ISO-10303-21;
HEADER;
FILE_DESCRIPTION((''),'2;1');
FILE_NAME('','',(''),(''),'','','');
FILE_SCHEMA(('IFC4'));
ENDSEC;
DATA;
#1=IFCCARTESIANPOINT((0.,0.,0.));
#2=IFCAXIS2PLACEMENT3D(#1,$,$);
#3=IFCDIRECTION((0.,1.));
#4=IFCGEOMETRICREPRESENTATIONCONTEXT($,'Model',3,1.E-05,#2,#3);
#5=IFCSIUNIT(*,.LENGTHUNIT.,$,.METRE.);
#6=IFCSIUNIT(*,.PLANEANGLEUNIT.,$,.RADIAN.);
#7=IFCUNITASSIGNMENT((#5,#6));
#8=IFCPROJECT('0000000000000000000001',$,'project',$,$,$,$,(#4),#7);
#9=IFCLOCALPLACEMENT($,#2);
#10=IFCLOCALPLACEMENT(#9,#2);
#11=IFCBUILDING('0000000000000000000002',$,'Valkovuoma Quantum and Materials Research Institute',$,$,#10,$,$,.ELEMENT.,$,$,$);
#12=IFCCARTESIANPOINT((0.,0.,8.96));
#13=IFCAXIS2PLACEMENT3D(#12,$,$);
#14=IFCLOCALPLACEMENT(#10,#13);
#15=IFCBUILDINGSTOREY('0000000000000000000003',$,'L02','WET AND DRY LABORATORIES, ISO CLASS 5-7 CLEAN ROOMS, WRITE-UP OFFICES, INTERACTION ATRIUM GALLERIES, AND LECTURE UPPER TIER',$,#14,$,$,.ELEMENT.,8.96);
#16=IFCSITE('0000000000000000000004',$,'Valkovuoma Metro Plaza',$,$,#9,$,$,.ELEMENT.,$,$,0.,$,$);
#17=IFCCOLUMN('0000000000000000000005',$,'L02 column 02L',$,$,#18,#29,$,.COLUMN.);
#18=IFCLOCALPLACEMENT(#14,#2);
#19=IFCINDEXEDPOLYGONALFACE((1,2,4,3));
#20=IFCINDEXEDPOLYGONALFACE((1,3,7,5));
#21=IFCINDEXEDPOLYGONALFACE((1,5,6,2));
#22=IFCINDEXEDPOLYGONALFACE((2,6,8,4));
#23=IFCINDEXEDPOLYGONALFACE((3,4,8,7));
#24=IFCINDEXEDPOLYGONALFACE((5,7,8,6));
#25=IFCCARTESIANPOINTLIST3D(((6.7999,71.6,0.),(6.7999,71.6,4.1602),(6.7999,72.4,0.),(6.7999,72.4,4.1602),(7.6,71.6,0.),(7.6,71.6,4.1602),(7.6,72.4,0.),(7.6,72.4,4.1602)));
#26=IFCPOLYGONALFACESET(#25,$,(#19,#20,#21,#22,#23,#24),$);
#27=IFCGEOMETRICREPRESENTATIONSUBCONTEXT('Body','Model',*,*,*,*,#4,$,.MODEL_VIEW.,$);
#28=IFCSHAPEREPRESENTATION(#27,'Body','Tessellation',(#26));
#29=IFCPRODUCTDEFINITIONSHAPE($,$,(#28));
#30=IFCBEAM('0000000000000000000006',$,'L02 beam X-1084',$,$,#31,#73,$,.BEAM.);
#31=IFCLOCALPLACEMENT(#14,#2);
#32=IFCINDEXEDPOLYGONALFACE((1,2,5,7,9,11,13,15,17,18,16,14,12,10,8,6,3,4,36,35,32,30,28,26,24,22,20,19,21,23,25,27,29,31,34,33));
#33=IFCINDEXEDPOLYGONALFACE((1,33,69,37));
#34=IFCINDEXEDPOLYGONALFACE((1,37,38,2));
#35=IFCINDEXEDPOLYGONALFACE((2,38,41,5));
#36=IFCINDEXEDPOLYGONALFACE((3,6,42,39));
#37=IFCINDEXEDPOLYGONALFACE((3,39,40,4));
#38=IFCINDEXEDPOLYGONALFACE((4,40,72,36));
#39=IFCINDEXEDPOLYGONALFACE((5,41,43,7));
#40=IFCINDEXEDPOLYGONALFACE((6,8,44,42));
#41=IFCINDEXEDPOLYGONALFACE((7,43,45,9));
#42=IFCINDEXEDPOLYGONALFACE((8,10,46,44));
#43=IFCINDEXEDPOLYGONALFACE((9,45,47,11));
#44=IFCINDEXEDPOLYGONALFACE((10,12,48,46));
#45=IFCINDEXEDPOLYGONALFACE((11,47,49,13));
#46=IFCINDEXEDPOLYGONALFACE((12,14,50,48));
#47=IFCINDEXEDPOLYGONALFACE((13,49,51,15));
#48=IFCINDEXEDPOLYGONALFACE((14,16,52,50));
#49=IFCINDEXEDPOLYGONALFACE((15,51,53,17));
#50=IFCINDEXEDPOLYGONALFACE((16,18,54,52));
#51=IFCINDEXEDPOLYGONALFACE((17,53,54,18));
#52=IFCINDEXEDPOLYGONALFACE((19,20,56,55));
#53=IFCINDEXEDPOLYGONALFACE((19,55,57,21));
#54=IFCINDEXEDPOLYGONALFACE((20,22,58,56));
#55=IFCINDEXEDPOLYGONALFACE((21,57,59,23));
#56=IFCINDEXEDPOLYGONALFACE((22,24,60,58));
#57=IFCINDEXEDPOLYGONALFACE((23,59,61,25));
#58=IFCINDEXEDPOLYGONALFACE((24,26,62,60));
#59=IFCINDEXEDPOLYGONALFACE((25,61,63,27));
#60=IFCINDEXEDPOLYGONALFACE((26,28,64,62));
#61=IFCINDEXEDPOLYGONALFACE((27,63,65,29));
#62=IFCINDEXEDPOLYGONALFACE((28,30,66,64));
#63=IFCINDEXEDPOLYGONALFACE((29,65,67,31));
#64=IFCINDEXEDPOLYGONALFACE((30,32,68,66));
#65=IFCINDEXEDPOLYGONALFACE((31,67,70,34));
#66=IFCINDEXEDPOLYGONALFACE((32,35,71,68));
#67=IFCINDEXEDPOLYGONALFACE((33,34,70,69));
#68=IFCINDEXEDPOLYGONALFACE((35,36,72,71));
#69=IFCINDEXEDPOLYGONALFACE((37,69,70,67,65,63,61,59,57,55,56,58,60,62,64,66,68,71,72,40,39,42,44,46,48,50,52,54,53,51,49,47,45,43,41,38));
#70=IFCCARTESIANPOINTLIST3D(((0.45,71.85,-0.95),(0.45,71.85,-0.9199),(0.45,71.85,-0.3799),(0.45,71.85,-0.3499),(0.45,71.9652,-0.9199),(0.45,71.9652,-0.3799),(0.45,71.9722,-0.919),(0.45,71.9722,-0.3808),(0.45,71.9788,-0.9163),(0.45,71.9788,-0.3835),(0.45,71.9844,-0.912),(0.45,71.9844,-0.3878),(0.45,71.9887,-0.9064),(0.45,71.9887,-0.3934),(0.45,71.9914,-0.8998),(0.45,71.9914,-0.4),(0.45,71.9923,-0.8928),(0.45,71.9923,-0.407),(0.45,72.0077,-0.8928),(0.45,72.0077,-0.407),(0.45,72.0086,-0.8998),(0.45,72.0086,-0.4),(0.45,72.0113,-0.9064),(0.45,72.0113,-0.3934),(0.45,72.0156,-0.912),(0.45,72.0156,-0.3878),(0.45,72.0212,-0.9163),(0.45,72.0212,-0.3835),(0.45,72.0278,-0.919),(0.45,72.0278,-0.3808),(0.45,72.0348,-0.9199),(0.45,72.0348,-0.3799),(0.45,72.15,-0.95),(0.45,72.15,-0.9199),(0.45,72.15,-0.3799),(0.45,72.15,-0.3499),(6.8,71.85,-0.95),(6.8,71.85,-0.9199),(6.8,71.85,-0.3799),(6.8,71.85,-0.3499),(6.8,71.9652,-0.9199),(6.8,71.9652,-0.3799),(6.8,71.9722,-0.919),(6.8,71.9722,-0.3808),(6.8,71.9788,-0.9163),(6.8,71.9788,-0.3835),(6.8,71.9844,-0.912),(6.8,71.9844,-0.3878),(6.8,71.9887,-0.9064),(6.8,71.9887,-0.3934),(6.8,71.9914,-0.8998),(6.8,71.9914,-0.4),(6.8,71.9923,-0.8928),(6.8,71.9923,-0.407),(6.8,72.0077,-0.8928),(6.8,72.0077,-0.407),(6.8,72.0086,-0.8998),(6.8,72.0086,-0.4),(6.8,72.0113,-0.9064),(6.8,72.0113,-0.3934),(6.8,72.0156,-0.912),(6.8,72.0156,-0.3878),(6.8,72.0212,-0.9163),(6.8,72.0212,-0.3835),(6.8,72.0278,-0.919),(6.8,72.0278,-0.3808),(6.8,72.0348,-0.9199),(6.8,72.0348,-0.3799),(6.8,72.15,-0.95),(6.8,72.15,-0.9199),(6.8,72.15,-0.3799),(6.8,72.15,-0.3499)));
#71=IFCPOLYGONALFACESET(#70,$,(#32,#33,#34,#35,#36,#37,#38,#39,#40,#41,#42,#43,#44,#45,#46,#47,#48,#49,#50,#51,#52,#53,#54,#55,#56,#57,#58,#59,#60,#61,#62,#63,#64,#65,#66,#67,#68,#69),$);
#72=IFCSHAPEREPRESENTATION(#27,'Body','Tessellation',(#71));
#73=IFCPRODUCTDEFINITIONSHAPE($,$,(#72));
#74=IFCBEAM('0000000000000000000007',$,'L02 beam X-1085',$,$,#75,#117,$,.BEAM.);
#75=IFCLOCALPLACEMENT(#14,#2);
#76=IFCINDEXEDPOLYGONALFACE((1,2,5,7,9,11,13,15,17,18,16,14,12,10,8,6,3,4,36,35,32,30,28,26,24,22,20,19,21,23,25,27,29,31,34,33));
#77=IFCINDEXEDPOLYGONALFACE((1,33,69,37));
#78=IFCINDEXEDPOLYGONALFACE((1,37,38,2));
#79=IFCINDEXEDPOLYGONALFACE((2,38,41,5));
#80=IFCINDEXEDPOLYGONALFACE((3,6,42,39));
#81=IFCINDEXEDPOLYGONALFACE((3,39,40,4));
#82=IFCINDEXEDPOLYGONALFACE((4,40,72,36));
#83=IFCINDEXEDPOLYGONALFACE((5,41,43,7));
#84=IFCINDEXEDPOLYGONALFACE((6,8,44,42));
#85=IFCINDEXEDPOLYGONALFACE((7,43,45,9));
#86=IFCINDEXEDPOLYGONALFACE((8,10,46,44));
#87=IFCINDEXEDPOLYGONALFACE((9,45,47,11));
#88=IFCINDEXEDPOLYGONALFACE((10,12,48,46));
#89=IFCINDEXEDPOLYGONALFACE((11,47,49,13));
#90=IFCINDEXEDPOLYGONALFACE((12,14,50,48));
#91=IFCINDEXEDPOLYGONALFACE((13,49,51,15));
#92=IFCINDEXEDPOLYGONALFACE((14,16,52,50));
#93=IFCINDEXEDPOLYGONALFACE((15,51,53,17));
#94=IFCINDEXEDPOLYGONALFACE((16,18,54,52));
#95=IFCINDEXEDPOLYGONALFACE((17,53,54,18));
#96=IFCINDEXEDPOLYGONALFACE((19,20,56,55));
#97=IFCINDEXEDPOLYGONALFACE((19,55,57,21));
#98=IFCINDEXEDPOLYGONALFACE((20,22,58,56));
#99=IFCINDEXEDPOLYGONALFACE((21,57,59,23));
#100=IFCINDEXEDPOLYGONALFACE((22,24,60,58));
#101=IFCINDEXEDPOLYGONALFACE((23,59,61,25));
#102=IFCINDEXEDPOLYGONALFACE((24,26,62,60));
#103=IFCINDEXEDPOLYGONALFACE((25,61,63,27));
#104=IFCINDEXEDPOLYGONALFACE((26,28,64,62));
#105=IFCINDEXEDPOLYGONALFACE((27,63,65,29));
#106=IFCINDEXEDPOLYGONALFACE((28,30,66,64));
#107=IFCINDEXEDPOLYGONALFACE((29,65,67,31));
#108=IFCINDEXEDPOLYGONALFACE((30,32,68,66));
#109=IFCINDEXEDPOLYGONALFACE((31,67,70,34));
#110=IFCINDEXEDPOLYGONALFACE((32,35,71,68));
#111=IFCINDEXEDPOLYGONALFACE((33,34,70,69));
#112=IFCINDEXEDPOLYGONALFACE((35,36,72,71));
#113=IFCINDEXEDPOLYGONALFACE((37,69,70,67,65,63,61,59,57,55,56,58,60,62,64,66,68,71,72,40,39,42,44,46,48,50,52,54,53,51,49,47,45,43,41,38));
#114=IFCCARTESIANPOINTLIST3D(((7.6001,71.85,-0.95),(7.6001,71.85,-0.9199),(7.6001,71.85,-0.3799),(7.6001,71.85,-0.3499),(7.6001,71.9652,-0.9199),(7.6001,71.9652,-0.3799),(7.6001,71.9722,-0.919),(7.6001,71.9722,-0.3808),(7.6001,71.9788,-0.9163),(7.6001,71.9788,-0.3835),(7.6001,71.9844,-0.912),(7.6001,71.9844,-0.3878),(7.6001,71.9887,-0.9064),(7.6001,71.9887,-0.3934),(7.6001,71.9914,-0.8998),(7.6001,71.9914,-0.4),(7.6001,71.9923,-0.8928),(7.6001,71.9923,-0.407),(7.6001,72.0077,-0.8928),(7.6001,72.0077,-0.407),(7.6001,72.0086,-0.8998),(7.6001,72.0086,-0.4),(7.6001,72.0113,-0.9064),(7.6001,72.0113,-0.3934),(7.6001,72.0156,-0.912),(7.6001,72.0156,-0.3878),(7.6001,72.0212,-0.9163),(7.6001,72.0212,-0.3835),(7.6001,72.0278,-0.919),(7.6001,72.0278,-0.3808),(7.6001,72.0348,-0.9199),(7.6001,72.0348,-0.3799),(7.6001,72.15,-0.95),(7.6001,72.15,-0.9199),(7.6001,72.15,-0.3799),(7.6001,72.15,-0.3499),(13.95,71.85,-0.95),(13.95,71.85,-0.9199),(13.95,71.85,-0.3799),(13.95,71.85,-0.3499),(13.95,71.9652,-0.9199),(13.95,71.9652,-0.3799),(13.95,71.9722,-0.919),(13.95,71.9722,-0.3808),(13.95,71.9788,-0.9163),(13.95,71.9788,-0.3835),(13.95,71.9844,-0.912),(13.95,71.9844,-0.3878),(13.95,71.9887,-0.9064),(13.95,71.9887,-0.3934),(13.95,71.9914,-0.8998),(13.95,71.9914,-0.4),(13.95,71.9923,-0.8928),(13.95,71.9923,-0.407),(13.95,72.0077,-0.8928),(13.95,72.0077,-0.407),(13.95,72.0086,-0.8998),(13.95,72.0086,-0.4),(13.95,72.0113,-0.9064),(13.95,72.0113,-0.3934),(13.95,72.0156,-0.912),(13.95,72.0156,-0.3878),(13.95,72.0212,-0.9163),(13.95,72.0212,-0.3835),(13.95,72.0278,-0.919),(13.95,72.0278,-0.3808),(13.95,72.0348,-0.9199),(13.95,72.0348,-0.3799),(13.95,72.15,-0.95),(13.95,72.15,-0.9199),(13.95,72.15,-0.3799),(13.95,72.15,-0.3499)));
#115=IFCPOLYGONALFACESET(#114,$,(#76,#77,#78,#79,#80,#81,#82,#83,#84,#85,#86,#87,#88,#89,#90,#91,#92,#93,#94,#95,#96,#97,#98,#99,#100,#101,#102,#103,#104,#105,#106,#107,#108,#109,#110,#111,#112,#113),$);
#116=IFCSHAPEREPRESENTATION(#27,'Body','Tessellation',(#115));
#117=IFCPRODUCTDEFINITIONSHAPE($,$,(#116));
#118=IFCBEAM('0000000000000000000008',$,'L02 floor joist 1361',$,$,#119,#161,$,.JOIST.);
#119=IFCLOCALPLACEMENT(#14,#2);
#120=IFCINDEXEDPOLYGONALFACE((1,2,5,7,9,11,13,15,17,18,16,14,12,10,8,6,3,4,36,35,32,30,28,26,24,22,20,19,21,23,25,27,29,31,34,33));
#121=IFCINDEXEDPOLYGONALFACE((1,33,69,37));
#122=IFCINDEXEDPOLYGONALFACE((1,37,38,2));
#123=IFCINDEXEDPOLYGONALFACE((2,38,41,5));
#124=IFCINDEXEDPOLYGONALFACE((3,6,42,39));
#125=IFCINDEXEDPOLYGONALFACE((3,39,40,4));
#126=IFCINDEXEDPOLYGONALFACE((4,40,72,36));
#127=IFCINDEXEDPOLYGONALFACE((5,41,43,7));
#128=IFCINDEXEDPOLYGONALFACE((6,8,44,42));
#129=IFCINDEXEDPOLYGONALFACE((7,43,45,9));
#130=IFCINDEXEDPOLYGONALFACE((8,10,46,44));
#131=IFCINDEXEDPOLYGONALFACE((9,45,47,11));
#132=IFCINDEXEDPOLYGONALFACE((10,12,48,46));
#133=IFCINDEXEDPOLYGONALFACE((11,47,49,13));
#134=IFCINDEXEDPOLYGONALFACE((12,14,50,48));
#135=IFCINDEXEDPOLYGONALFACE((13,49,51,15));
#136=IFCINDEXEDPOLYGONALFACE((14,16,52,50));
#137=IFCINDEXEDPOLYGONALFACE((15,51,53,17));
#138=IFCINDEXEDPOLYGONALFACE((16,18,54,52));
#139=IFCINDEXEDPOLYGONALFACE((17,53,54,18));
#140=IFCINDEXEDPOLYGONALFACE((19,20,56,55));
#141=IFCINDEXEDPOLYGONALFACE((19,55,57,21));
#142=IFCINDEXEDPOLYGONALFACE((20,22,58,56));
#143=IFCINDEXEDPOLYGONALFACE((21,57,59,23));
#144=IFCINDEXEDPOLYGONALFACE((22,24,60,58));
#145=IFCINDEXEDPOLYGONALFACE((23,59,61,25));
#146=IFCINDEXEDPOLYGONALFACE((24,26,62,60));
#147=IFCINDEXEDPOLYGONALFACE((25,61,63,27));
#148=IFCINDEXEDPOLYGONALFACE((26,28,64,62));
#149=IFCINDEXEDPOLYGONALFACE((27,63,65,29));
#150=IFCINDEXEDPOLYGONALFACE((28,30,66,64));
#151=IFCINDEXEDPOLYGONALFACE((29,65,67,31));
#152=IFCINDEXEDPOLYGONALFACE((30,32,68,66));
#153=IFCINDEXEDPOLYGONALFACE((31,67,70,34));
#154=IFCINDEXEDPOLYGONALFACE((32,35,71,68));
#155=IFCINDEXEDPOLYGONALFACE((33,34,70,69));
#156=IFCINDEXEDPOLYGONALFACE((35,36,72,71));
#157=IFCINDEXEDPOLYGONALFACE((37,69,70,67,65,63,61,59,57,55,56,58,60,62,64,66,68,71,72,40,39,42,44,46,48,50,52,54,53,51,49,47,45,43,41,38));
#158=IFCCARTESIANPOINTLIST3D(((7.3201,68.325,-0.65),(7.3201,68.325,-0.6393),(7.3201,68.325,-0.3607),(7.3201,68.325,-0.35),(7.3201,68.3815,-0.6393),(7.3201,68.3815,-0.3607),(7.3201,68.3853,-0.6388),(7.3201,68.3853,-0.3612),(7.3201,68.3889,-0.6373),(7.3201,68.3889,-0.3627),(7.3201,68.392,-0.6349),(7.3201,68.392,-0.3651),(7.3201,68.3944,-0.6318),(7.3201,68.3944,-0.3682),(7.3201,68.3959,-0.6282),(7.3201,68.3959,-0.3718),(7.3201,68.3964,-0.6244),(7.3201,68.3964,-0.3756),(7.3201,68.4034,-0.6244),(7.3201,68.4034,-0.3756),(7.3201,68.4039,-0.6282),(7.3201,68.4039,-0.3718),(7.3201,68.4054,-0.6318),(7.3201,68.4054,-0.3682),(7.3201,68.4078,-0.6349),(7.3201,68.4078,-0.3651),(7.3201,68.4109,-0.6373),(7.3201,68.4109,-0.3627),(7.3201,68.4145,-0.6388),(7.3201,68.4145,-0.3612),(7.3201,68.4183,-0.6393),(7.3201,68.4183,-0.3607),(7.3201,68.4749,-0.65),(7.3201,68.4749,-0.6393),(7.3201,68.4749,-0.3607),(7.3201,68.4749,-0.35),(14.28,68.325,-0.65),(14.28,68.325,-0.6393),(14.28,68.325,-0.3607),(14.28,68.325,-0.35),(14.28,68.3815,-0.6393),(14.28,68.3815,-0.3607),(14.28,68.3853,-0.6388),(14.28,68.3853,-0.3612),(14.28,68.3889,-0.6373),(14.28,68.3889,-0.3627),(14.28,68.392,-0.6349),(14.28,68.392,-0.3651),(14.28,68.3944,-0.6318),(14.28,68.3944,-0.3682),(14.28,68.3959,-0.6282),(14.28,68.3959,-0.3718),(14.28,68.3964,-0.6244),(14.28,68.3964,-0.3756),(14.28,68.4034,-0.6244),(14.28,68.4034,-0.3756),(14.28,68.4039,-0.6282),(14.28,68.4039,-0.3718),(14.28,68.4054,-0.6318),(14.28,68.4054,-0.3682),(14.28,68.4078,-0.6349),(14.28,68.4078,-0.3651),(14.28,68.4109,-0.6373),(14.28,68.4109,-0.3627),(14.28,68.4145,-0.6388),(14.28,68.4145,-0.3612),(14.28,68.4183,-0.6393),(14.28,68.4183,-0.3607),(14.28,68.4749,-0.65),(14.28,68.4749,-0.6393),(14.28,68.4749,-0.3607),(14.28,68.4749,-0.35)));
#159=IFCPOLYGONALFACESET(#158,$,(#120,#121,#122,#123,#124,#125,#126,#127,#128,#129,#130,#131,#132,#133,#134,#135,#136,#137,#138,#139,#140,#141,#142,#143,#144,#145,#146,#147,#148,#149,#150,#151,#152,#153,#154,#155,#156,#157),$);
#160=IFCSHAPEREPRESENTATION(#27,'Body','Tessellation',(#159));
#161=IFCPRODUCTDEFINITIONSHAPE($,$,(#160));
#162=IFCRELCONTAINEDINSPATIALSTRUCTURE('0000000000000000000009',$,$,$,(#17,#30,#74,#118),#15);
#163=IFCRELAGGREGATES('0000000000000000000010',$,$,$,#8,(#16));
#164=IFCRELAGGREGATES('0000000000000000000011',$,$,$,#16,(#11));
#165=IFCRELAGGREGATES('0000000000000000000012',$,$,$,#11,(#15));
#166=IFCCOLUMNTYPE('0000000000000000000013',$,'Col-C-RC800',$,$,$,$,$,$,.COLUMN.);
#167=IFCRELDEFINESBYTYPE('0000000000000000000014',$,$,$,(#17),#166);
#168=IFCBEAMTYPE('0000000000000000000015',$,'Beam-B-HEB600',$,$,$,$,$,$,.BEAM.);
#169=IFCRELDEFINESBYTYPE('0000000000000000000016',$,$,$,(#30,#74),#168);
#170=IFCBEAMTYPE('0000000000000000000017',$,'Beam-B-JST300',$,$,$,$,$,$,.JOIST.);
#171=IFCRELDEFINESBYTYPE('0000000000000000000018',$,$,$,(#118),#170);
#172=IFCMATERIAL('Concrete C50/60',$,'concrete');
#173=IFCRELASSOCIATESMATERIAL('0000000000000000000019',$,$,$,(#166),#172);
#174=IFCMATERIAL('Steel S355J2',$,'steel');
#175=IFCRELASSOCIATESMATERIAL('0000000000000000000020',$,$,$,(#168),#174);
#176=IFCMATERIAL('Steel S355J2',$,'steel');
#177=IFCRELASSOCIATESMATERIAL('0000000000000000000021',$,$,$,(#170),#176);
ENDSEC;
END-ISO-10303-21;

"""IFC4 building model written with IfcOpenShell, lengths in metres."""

from ifc_helpers import new_model, si_unit, direction, frame, origin, origin_2d, place, context, subcontext, project, spatial, rectangle, i_section, extrude, material, material_profile, profile_set, type_object, element, save


model = new_model("IFC4")

# Units and contexts
model_context = context("Model", 3, precision=1e-05, world=origin(), true_north=direction((0.0, 1.0)))
body_context = subcontext(model_context, "Body", "Model", "MODEL_VIEW")
ifc_project = project(units=[si_unit("LENGTHUNIT", "METRE"), si_unit("PLANEANGLEUNIT", "RADIAN")], contexts=[model_context])

# Site, building, storey
site_placement = place(None, origin())
site = spatial("IfcSite", under=ifc_project, at=site_placement, Name="Valkovuoma Metro Plaza", CompositionType="ELEMENT", RefElevation=0.0)
building_placement = place(site_placement, origin())
building = spatial("IfcBuilding", under=site, at=building_placement, Name="Valkovuoma Quantum and Materials Research Institute", CompositionType="ELEMENT")
storey_placement = place(building_placement, frame((0.0, 0.0, 8.96)))
storey = spatial("IfcBuildingStorey", under=building, at=storey_placement, Name="L02", Description="WET AND DRY LABORATORIES, ISO CLASS 5-7 CLEAN ROOMS, WRITE-UP OFFICES, INTERACTION ATRIUM GALLERIES, AND LECTURE UPPER TIER", CompositionType="ELEMENT", Elevation=8.96)

# Column
ifc_material_1 = material(Name="Concrete C50/60", Category="concrete")
ifc_material_profile_1 = material_profile(ifc_material_1, rectangle(XDim=0.8, YDim=0.8, at=origin_2d()), Name="Concrete C50/60")
ifc_profile_set_1 = profile_set([ifc_material_profile_1], Name="Concrete C50/60")
column_type = type_object("IfcColumnType", Name="Col-C-RC800", PredefinedType="COLUMN", material=ifc_profile_set_1)
column_placement = place(storey_placement, frame((7.2, 72.0, 0.0), z_axis=(0.0, 0.0, 1.0), x_axis=(1.0, 0.0, 0.0)))
element("IfcColumn", 1, at=column_placement, inside=storey, type_object=column_type, Name="L02 column 02L", PredefinedType="COLUMN", context=body_context, shape_type="SweptSolid", body=[
    extrude(rectangle(XDim=0.8, YDim=0.8, at=origin_2d()), origin(), (0.0, 0.0, 1.0), 4.1602),
])

# Beams
ifc_material_2 = material(Name="Steel S355J2", Category="steel")
ifc_material_profile_2 = material_profile(ifc_material_2, i_section(OverallWidth=0.3, OverallDepth=0.6001, WebThickness=0.0154, FlangeThickness=0.03, FilletRadius=0.0271, at=origin_2d()), Name="Steel S355J2")
ifc_profile_set_2 = profile_set([ifc_material_profile_2], Name="Steel S355J2")
beam_type_1 = type_object("IfcBeamType", Name="Beam-B-HEB600", PredefinedType="BEAM", material=ifc_profile_set_2)
beam_1_placement = place(storey_placement, frame((0.45, 72.0, -0.6499), z_axis=(1.0, 0.0, 0.0), x_axis=(0.0, 1.0, 0.0)))
element("IfcBeam", 2, at=beam_1_placement, inside=storey, type_object=beam_type_1, Name="L02 beam X-1084", PredefinedType="BEAM", context=body_context, shape_type="SweptSolid", body=[
    extrude(i_section(OverallWidth=0.3, OverallDepth=0.6001, WebThickness=0.0154, FlangeThickness=0.03, FilletRadius=0.0271, at=origin_2d()), origin(), (0.0, 0.0, 1.0), 6.3501),
])
beam_2_placement = place(storey_placement, frame((7.6001, 72.0, -0.6499), z_axis=(1.0, 0.0, 0.0), x_axis=(0.0, 1.0, 0.0)))
element("IfcBeam", 3, at=beam_2_placement, inside=storey, type_object=beam_type_1, Name="L02 beam X-1085", PredefinedType="BEAM", context=body_context, shape_type="SweptSolid", body=[
    extrude(i_section(OverallWidth=0.3, OverallDepth=0.6001, WebThickness=0.0154, FlangeThickness=0.03, FilletRadius=0.0271, at=origin_2d()), origin(), (0.0, 0.0, 1.0), 6.3499),
])
ifc_material_3 = material(Name="Steel S355J2", Category="steel")
ifc_material_profile_3 = material_profile(ifc_material_3, i_section(OverallWidth=0.1499, OverallDepth=0.3, WebThickness=0.0071, FlangeThickness=0.0107, FilletRadius=0.0149, at=origin_2d()), Name="Steel S355J2")
ifc_profile_set_3 = profile_set([ifc_material_profile_3], Name="Steel S355J2")
beam_type_2 = type_object("IfcBeamType", Name="Beam-B-JST300", PredefinedType="JOIST", material=ifc_profile_set_3)
beam_3_placement = place(storey_placement, frame((7.3201, 68.3999, -0.5), z_axis=(1.0, 0.0, 0.0), x_axis=(0.0, 1.0, 0.0)))
element("IfcBeam", 4, at=beam_3_placement, inside=storey, type_object=beam_type_2, Name="L02 floor joist 1361", PredefinedType="JOIST", context=body_context, shape_type="SweptSolid", body=[
    extrude(i_section(OverallWidth=0.1499, OverallDepth=0.3, WebThickness=0.0071, FlangeThickness=0.0107, FilletRadius=0.0149, at=origin_2d()), origin(), (0.0, 0.0, 1.0), 6.96),
])

save(model, "model.ifc")
